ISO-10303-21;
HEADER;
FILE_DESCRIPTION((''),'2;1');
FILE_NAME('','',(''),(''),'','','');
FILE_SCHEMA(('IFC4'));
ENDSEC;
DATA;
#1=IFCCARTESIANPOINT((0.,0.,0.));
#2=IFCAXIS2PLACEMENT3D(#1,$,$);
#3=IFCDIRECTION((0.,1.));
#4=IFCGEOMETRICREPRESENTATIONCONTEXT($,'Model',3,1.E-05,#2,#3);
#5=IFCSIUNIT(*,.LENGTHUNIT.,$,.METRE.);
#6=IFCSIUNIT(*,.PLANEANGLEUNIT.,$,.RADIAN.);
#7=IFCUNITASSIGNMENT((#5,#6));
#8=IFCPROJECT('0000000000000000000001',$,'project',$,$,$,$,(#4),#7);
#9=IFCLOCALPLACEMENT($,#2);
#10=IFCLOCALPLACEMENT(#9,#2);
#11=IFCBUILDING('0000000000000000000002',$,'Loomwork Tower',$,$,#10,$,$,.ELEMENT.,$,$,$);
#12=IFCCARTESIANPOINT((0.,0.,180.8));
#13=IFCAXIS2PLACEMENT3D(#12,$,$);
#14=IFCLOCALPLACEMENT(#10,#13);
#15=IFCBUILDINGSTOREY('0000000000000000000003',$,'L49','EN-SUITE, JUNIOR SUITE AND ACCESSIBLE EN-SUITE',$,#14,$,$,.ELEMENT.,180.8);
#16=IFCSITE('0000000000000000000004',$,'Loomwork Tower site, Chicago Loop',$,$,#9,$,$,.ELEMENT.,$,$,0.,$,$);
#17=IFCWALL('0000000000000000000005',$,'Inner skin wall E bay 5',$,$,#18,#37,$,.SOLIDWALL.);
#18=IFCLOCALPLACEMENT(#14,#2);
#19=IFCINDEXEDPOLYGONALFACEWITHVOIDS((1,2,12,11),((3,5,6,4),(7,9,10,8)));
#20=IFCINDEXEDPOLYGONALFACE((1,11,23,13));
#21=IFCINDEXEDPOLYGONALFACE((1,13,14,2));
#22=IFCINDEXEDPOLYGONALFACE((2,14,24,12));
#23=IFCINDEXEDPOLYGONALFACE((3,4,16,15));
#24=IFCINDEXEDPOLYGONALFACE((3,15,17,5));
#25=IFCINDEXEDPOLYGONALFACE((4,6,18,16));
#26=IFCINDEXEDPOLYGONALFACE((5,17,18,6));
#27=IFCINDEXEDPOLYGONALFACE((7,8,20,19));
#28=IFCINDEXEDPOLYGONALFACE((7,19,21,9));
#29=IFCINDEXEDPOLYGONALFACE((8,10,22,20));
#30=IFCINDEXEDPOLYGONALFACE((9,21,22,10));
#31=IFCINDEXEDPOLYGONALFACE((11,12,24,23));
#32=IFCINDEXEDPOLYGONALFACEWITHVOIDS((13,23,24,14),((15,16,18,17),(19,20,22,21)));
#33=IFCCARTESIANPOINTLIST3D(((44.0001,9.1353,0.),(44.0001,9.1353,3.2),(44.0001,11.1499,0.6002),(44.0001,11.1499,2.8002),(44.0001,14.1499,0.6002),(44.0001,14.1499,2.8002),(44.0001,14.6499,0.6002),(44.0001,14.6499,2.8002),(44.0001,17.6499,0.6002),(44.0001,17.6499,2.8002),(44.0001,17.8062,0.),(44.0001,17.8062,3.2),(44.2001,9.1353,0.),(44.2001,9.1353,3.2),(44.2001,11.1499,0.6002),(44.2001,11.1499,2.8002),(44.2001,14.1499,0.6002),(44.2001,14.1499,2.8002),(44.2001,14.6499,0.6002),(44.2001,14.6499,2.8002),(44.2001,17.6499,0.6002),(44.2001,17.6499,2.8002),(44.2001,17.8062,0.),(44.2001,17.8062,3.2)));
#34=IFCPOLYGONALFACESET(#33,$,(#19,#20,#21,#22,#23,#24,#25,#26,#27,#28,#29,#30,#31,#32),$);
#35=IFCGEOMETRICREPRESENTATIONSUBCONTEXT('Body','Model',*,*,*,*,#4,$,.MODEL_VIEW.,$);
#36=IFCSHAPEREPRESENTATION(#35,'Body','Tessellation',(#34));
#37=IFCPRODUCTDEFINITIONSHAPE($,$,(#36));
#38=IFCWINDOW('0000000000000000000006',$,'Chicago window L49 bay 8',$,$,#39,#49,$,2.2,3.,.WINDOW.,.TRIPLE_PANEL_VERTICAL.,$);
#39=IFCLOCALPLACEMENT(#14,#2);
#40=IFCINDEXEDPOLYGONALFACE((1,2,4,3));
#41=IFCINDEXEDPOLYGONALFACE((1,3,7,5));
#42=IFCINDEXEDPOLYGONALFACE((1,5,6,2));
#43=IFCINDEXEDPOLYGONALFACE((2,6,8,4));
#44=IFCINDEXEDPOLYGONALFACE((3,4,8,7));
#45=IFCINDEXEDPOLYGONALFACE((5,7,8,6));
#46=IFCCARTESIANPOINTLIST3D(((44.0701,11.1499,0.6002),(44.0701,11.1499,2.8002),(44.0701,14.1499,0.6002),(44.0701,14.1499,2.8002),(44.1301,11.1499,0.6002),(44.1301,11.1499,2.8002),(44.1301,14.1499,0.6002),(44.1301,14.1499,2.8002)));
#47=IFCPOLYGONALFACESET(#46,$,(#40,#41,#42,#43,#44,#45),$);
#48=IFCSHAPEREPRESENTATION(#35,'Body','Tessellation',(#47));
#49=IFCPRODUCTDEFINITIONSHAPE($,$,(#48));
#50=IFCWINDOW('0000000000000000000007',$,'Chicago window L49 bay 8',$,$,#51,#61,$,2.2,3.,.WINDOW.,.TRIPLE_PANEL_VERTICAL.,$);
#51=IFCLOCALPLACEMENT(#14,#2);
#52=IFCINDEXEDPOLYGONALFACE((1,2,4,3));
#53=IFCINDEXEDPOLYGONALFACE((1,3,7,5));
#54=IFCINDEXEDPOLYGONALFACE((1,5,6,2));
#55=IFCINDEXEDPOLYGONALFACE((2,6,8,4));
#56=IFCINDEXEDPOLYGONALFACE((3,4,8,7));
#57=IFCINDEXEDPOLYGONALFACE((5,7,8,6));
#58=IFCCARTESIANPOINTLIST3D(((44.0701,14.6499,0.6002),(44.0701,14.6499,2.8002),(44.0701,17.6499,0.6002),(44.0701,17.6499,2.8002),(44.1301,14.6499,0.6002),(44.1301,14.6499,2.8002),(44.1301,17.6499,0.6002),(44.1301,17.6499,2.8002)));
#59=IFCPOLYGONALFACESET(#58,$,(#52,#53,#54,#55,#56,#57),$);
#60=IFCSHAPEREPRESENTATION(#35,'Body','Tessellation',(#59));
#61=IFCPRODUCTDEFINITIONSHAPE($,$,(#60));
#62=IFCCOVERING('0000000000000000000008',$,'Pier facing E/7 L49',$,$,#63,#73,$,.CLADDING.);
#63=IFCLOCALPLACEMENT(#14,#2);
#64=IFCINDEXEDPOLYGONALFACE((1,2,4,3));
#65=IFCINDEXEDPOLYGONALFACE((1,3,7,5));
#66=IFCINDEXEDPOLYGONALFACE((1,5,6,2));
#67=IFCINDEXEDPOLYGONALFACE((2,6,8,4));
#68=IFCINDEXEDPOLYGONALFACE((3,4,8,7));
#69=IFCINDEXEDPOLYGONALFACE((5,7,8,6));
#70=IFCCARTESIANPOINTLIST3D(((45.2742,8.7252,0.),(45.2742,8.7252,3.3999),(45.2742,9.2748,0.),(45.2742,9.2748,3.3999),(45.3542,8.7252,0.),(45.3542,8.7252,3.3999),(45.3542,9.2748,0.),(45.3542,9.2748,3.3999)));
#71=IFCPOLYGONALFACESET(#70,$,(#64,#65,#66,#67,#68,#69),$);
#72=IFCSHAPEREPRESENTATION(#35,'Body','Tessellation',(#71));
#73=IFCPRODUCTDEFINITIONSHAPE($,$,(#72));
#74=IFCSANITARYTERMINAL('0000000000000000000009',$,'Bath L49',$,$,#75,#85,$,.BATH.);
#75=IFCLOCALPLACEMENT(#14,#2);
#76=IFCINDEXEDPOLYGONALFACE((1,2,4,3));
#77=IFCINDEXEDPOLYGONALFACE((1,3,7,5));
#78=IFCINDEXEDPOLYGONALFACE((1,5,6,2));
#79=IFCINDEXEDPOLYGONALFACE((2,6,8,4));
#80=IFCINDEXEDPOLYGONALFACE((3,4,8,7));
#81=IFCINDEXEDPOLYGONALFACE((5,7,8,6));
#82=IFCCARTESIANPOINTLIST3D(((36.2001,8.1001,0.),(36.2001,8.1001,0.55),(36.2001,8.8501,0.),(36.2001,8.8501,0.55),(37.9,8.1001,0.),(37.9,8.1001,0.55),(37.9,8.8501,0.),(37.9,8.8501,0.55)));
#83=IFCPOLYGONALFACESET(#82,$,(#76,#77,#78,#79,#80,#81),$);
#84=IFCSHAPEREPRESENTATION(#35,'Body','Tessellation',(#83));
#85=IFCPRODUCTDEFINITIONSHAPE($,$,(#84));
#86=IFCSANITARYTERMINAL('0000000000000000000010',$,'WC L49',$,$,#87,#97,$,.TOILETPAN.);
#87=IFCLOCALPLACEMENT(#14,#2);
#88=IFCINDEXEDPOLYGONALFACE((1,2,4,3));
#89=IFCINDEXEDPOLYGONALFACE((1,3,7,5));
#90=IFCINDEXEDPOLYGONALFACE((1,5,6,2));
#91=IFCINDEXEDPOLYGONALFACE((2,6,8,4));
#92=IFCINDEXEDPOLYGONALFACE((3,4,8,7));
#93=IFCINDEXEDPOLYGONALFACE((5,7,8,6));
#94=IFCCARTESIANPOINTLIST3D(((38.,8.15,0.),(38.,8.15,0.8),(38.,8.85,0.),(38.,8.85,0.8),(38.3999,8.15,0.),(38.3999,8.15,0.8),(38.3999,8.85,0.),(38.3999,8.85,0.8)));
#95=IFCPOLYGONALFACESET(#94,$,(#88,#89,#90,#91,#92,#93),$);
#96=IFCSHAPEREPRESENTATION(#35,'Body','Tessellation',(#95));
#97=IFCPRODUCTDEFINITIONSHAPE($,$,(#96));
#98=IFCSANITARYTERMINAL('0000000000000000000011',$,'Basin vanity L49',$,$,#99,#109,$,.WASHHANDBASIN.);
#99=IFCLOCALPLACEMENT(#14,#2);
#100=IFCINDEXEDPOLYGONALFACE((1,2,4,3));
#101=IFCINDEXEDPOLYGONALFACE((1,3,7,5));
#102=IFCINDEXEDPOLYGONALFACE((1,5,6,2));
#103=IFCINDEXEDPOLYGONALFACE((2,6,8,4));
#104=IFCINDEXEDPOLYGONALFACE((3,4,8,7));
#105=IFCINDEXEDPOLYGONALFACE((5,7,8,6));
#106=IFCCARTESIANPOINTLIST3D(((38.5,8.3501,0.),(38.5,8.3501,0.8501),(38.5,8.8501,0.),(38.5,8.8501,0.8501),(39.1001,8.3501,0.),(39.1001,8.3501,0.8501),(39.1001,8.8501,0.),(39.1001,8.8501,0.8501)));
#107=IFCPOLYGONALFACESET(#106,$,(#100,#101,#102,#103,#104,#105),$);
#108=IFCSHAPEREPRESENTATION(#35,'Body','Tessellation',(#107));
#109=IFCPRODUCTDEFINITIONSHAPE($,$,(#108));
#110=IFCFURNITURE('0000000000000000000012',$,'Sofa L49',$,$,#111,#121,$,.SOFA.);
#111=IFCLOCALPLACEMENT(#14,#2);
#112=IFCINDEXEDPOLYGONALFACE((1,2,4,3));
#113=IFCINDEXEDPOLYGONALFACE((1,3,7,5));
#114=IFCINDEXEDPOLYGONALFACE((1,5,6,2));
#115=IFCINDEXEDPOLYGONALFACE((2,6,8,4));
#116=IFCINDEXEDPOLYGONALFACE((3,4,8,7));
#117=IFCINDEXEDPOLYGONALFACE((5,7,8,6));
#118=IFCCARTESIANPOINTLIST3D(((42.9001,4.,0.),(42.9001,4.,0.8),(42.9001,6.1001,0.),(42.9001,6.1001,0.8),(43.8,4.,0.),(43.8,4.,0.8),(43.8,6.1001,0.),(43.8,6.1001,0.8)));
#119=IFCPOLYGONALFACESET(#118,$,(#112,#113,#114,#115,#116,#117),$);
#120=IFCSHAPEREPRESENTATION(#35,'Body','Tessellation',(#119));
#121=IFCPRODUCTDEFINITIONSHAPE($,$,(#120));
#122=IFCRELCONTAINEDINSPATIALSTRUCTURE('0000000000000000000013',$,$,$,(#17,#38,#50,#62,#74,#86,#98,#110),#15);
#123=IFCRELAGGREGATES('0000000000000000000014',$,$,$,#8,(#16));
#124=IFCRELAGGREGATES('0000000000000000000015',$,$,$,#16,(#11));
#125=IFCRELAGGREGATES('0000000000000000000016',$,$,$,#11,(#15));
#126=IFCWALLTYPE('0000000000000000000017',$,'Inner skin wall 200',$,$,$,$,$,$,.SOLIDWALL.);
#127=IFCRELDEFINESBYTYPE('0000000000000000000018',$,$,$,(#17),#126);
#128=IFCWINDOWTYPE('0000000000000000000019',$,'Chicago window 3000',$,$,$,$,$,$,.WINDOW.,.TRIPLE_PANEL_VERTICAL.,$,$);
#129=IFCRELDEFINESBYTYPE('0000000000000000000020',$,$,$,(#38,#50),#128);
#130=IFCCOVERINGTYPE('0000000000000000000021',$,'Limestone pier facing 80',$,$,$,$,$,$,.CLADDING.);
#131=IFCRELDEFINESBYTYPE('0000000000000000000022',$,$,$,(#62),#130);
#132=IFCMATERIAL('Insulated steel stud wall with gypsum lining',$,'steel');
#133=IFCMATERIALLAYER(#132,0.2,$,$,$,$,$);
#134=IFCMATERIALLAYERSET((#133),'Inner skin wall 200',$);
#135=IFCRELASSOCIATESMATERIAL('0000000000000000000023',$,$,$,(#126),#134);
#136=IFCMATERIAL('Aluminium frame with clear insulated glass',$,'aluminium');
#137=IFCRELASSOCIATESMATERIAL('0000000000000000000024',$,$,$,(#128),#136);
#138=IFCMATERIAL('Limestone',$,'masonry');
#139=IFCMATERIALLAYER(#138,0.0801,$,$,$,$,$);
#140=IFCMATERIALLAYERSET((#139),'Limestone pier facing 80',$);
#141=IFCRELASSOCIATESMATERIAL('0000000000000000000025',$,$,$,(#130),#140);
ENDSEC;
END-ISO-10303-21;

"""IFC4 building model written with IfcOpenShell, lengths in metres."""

from ifc_helpers import new_model, si_unit, direction, frame, frame_2d, origin, origin_2d, place, context, subcontext, project, spatial, rectangle, extrude, material, layer, layer_set, type_object, element, fill, save


model = new_model("IFC4")

# Units and contexts
model_context = context("Model", 3, precision=1e-05, world=origin(), true_north=direction((0.0, 1.0)))
body_context = subcontext(model_context, "Body", "Model", "MODEL_VIEW")
ifc_project = project(units=[si_unit("LENGTHUNIT", "METRE"), si_unit("PLANEANGLEUNIT", "RADIAN")], contexts=[model_context])

# Site, building, storey
site_placement = place(None, origin())
site = spatial("IfcSite", under=ifc_project, at=site_placement, Name="Loomwork Tower site, Chicago Loop", CompositionType="ELEMENT", RefElevation=0.0)
building_placement = place(site_placement, origin())
building = spatial("IfcBuilding", under=site, at=building_placement, Name="Loomwork Tower", CompositionType="ELEMENT")
storey_placement = place(building_placement, frame((0.0, 0.0, 180.8)))
storey = spatial("IfcBuildingStorey", under=building, at=storey_placement, Name="L49", Description="EN-SUITE, JUNIOR SUITE AND ACCESSIBLE EN-SUITE", CompositionType="ELEMENT", Elevation=180.8)

# Shared definitions
ifc_material_1 = material(Name="Insulated steel stud wall with gypsum lining", Category="steel")
ifc_layer_1 = layer(ifc_material_1, 0.2)
ifc_layer_set_1 = layer_set([ifc_layer_1], Name="Inner skin wall 200")
wall_type_1 = type_object("IfcWallType", Name="Inner skin wall 200", PredefinedType="SOLIDWALL", material=ifc_layer_set_1)

# Wall, openings, windows
wall_1_placement = place(storey_placement, frame((44.1001, 9.1353, 0.0), z_axis=(0.0, 0.0, 1.0), x_axis=(0.0, 1.0, 0.0)))
wall_1 = element("IfcWall", 1, at=wall_1_placement, inside=storey, type_object=wall_type_1, Name="Inner skin wall E bay 5", PredefinedType="SOLIDWALL", context=body_context, shape_type="SweptSolid", body=[
    extrude(rectangle(XDim=8.6709, YDim=0.2, at=frame_2d((4.3354, 0.0))), origin(), (0.0, 0.0, 1.0), 3.2),
])
opening_1_placement = place(wall_1_placement, frame((2.0146, 0.0, 0.6001)))
opening_1 = element("IfcOpeningElement", 2, at=opening_1_placement, cuts=wall_1, PredefinedType="OPENING", context=body_context, shape_type="SweptSolid", body=[
    extrude(rectangle(XDim=3.0, YDim=2.2, at=frame_2d((1.5, 1.1001))), frame((0.0, 0.1099, 0.0), z_axis=(0.0, -1.0, 0.0), x_axis=(1.0, 0.0, 0.0)), (0.0, 0.0, 1.0), 0.22),
])
opening_2_placement = place(wall_1_placement, frame((5.5146, 0.0, 0.6001)))
opening_2 = element("IfcOpeningElement", 3, at=opening_2_placement, cuts=wall_1, PredefinedType="OPENING", context=body_context, shape_type="SweptSolid", body=[
    extrude(rectangle(XDim=3.0, YDim=2.2, at=frame_2d((1.5, 1.1001))), frame((0.0, 0.1099, 0.0), z_axis=(0.0, -1.0, 0.0), x_axis=(1.0, 0.0, 0.0)), (0.0, 0.0, 1.0), 0.22),
])
ifc_material_2 = material(Name="Aluminium frame with clear insulated glass", Category="aluminium")
window_type = type_object("IfcWindowType", Name="Chicago window 3000", PartitioningType="TRIPLE_PANEL_VERTICAL", PredefinedType="WINDOW", material=ifc_material_2)
window_1_placement = place(opening_1_placement, origin())
window_1 = element("IfcWindow", 4, at=window_1_placement, inside=storey, type_object=window_type, Name="Chicago window L49 bay 8", OverallHeight=2.2, OverallWidth=3.0, PartitioningType="TRIPLE_PANEL_VERTICAL", PredefinedType="WINDOW", context=body_context, shape_type="SweptSolid", body=[
    extrude(rectangle(XDim=3.0, YDim=2.2, at=frame_2d((1.5, 1.1001))), frame((0.0, 0.03, 0.0), z_axis=(0.0, -1.0, 0.0), x_axis=(1.0, 0.0, 0.0)), (0.0, 0.0, 1.0), 0.0601),
])
fill(opening_1, window_1)
window_2_placement = place(opening_2_placement, origin())
window_2 = element("IfcWindow", 5, at=window_2_placement, inside=storey, type_object=window_type, Name="Chicago window L49 bay 8", OverallHeight=2.2, OverallWidth=3.0, PartitioningType="TRIPLE_PANEL_VERTICAL", PredefinedType="WINDOW", context=body_context, shape_type="SweptSolid", body=[
    extrude(rectangle(XDim=3.0, YDim=2.2, at=frame_2d((1.5, 1.1001))), frame((0.0, 0.03, 0.0), z_axis=(0.0, -1.0, 0.0), x_axis=(1.0, 0.0, 0.0)), (0.0, 0.0, 1.0), 0.0601),
])
fill(opening_2, window_2)

# Covering
ifc_material_3 = material(Name="Limestone", Category="masonry")
ifc_layer_2 = layer(ifc_material_3, 0.0801)
ifc_layer_set_2 = layer_set([ifc_layer_2], Name="Limestone pier facing 80")
covering_type = type_object("IfcCoveringType", Name="Limestone pier facing 80", PredefinedType="CLADDING", material=ifc_layer_set_2)
covering_placement = place(storey_placement, frame((45.3142, 9.0, 0.0), z_axis=(0.0, 0.0, 1.0), x_axis=(1.0, 0.0, 0.0)))
element("IfcCovering", 6, at=covering_placement, inside=storey, type_object=covering_type, Name="Pier facing E/7 L49", PredefinedType="CLADDING", context=body_context, shape_type="SweptSolid", body=[
    extrude(rectangle(XDim=0.0801, YDim=0.5496, at=origin_2d()), origin(), (0.0, 0.0, 1.0), 3.3999),
])

# Sanitary terminals
sanitary_terminal_1_placement = place(storey_placement, frame((37.05, 8.4751, 0.0), z_axis=(0.0, 0.0, 1.0), x_axis=(1.0, 0.0, 0.0)))
element("IfcSanitaryTerminal", 7, at=sanitary_terminal_1_placement, inside=storey, Name="Bath L49", PredefinedType="BATH", context=body_context, shape_type="SweptSolid", body=[
    extrude(rectangle(XDim=1.7, YDim=0.75, at=origin_2d()), origin(), (0.0, 0.0, 1.0), 0.55),
])
sanitary_terminal_2_placement = place(storey_placement, frame((38.2, 8.5, 0.0), z_axis=(0.0, 0.0, 1.0), x_axis=(1.0, 0.0, 0.0)))
element("IfcSanitaryTerminal", 8, at=sanitary_terminal_2_placement, inside=storey, Name="WC L49", PredefinedType="TOILETPAN", context=body_context, shape_type="SweptSolid", body=[
    extrude(rectangle(XDim=0.3999, YDim=0.7, at=origin_2d()), origin(), (0.0, 0.0, 1.0), 0.8),
])
sanitary_terminal_3_placement = place(storey_placement, frame((38.8, 8.6001, 0.0), z_axis=(0.0, 0.0, 1.0), x_axis=(1.0, 0.0, 0.0)))
element("IfcSanitaryTerminal", 9, at=sanitary_terminal_3_placement, inside=storey, Name="Basin vanity L49", PredefinedType="WASHHANDBASIN", context=body_context, shape_type="SweptSolid", body=[
    extrude(rectangle(XDim=0.6001, YDim=0.5, at=origin_2d()), origin(), (0.0, 0.0, 1.0), 0.8501),
])

# Furniture
furniture_placement = place(storey_placement, frame((43.3501, 5.05, 0.0), z_axis=(0.0, 0.0, 1.0), x_axis=(1.0, 0.0, 0.0)))
element("IfcFurniture", 10, at=furniture_placement, inside=storey, Name="Sofa L49", PredefinedType="SOFA", context=body_context, shape_type="SweptSolid", body=[
    extrude(rectangle(XDim=0.8999, YDim=2.1001, at=origin_2d()), origin(), (0.0, 0.0, 1.0), 0.8),
])

save(model, "model.ifc")
